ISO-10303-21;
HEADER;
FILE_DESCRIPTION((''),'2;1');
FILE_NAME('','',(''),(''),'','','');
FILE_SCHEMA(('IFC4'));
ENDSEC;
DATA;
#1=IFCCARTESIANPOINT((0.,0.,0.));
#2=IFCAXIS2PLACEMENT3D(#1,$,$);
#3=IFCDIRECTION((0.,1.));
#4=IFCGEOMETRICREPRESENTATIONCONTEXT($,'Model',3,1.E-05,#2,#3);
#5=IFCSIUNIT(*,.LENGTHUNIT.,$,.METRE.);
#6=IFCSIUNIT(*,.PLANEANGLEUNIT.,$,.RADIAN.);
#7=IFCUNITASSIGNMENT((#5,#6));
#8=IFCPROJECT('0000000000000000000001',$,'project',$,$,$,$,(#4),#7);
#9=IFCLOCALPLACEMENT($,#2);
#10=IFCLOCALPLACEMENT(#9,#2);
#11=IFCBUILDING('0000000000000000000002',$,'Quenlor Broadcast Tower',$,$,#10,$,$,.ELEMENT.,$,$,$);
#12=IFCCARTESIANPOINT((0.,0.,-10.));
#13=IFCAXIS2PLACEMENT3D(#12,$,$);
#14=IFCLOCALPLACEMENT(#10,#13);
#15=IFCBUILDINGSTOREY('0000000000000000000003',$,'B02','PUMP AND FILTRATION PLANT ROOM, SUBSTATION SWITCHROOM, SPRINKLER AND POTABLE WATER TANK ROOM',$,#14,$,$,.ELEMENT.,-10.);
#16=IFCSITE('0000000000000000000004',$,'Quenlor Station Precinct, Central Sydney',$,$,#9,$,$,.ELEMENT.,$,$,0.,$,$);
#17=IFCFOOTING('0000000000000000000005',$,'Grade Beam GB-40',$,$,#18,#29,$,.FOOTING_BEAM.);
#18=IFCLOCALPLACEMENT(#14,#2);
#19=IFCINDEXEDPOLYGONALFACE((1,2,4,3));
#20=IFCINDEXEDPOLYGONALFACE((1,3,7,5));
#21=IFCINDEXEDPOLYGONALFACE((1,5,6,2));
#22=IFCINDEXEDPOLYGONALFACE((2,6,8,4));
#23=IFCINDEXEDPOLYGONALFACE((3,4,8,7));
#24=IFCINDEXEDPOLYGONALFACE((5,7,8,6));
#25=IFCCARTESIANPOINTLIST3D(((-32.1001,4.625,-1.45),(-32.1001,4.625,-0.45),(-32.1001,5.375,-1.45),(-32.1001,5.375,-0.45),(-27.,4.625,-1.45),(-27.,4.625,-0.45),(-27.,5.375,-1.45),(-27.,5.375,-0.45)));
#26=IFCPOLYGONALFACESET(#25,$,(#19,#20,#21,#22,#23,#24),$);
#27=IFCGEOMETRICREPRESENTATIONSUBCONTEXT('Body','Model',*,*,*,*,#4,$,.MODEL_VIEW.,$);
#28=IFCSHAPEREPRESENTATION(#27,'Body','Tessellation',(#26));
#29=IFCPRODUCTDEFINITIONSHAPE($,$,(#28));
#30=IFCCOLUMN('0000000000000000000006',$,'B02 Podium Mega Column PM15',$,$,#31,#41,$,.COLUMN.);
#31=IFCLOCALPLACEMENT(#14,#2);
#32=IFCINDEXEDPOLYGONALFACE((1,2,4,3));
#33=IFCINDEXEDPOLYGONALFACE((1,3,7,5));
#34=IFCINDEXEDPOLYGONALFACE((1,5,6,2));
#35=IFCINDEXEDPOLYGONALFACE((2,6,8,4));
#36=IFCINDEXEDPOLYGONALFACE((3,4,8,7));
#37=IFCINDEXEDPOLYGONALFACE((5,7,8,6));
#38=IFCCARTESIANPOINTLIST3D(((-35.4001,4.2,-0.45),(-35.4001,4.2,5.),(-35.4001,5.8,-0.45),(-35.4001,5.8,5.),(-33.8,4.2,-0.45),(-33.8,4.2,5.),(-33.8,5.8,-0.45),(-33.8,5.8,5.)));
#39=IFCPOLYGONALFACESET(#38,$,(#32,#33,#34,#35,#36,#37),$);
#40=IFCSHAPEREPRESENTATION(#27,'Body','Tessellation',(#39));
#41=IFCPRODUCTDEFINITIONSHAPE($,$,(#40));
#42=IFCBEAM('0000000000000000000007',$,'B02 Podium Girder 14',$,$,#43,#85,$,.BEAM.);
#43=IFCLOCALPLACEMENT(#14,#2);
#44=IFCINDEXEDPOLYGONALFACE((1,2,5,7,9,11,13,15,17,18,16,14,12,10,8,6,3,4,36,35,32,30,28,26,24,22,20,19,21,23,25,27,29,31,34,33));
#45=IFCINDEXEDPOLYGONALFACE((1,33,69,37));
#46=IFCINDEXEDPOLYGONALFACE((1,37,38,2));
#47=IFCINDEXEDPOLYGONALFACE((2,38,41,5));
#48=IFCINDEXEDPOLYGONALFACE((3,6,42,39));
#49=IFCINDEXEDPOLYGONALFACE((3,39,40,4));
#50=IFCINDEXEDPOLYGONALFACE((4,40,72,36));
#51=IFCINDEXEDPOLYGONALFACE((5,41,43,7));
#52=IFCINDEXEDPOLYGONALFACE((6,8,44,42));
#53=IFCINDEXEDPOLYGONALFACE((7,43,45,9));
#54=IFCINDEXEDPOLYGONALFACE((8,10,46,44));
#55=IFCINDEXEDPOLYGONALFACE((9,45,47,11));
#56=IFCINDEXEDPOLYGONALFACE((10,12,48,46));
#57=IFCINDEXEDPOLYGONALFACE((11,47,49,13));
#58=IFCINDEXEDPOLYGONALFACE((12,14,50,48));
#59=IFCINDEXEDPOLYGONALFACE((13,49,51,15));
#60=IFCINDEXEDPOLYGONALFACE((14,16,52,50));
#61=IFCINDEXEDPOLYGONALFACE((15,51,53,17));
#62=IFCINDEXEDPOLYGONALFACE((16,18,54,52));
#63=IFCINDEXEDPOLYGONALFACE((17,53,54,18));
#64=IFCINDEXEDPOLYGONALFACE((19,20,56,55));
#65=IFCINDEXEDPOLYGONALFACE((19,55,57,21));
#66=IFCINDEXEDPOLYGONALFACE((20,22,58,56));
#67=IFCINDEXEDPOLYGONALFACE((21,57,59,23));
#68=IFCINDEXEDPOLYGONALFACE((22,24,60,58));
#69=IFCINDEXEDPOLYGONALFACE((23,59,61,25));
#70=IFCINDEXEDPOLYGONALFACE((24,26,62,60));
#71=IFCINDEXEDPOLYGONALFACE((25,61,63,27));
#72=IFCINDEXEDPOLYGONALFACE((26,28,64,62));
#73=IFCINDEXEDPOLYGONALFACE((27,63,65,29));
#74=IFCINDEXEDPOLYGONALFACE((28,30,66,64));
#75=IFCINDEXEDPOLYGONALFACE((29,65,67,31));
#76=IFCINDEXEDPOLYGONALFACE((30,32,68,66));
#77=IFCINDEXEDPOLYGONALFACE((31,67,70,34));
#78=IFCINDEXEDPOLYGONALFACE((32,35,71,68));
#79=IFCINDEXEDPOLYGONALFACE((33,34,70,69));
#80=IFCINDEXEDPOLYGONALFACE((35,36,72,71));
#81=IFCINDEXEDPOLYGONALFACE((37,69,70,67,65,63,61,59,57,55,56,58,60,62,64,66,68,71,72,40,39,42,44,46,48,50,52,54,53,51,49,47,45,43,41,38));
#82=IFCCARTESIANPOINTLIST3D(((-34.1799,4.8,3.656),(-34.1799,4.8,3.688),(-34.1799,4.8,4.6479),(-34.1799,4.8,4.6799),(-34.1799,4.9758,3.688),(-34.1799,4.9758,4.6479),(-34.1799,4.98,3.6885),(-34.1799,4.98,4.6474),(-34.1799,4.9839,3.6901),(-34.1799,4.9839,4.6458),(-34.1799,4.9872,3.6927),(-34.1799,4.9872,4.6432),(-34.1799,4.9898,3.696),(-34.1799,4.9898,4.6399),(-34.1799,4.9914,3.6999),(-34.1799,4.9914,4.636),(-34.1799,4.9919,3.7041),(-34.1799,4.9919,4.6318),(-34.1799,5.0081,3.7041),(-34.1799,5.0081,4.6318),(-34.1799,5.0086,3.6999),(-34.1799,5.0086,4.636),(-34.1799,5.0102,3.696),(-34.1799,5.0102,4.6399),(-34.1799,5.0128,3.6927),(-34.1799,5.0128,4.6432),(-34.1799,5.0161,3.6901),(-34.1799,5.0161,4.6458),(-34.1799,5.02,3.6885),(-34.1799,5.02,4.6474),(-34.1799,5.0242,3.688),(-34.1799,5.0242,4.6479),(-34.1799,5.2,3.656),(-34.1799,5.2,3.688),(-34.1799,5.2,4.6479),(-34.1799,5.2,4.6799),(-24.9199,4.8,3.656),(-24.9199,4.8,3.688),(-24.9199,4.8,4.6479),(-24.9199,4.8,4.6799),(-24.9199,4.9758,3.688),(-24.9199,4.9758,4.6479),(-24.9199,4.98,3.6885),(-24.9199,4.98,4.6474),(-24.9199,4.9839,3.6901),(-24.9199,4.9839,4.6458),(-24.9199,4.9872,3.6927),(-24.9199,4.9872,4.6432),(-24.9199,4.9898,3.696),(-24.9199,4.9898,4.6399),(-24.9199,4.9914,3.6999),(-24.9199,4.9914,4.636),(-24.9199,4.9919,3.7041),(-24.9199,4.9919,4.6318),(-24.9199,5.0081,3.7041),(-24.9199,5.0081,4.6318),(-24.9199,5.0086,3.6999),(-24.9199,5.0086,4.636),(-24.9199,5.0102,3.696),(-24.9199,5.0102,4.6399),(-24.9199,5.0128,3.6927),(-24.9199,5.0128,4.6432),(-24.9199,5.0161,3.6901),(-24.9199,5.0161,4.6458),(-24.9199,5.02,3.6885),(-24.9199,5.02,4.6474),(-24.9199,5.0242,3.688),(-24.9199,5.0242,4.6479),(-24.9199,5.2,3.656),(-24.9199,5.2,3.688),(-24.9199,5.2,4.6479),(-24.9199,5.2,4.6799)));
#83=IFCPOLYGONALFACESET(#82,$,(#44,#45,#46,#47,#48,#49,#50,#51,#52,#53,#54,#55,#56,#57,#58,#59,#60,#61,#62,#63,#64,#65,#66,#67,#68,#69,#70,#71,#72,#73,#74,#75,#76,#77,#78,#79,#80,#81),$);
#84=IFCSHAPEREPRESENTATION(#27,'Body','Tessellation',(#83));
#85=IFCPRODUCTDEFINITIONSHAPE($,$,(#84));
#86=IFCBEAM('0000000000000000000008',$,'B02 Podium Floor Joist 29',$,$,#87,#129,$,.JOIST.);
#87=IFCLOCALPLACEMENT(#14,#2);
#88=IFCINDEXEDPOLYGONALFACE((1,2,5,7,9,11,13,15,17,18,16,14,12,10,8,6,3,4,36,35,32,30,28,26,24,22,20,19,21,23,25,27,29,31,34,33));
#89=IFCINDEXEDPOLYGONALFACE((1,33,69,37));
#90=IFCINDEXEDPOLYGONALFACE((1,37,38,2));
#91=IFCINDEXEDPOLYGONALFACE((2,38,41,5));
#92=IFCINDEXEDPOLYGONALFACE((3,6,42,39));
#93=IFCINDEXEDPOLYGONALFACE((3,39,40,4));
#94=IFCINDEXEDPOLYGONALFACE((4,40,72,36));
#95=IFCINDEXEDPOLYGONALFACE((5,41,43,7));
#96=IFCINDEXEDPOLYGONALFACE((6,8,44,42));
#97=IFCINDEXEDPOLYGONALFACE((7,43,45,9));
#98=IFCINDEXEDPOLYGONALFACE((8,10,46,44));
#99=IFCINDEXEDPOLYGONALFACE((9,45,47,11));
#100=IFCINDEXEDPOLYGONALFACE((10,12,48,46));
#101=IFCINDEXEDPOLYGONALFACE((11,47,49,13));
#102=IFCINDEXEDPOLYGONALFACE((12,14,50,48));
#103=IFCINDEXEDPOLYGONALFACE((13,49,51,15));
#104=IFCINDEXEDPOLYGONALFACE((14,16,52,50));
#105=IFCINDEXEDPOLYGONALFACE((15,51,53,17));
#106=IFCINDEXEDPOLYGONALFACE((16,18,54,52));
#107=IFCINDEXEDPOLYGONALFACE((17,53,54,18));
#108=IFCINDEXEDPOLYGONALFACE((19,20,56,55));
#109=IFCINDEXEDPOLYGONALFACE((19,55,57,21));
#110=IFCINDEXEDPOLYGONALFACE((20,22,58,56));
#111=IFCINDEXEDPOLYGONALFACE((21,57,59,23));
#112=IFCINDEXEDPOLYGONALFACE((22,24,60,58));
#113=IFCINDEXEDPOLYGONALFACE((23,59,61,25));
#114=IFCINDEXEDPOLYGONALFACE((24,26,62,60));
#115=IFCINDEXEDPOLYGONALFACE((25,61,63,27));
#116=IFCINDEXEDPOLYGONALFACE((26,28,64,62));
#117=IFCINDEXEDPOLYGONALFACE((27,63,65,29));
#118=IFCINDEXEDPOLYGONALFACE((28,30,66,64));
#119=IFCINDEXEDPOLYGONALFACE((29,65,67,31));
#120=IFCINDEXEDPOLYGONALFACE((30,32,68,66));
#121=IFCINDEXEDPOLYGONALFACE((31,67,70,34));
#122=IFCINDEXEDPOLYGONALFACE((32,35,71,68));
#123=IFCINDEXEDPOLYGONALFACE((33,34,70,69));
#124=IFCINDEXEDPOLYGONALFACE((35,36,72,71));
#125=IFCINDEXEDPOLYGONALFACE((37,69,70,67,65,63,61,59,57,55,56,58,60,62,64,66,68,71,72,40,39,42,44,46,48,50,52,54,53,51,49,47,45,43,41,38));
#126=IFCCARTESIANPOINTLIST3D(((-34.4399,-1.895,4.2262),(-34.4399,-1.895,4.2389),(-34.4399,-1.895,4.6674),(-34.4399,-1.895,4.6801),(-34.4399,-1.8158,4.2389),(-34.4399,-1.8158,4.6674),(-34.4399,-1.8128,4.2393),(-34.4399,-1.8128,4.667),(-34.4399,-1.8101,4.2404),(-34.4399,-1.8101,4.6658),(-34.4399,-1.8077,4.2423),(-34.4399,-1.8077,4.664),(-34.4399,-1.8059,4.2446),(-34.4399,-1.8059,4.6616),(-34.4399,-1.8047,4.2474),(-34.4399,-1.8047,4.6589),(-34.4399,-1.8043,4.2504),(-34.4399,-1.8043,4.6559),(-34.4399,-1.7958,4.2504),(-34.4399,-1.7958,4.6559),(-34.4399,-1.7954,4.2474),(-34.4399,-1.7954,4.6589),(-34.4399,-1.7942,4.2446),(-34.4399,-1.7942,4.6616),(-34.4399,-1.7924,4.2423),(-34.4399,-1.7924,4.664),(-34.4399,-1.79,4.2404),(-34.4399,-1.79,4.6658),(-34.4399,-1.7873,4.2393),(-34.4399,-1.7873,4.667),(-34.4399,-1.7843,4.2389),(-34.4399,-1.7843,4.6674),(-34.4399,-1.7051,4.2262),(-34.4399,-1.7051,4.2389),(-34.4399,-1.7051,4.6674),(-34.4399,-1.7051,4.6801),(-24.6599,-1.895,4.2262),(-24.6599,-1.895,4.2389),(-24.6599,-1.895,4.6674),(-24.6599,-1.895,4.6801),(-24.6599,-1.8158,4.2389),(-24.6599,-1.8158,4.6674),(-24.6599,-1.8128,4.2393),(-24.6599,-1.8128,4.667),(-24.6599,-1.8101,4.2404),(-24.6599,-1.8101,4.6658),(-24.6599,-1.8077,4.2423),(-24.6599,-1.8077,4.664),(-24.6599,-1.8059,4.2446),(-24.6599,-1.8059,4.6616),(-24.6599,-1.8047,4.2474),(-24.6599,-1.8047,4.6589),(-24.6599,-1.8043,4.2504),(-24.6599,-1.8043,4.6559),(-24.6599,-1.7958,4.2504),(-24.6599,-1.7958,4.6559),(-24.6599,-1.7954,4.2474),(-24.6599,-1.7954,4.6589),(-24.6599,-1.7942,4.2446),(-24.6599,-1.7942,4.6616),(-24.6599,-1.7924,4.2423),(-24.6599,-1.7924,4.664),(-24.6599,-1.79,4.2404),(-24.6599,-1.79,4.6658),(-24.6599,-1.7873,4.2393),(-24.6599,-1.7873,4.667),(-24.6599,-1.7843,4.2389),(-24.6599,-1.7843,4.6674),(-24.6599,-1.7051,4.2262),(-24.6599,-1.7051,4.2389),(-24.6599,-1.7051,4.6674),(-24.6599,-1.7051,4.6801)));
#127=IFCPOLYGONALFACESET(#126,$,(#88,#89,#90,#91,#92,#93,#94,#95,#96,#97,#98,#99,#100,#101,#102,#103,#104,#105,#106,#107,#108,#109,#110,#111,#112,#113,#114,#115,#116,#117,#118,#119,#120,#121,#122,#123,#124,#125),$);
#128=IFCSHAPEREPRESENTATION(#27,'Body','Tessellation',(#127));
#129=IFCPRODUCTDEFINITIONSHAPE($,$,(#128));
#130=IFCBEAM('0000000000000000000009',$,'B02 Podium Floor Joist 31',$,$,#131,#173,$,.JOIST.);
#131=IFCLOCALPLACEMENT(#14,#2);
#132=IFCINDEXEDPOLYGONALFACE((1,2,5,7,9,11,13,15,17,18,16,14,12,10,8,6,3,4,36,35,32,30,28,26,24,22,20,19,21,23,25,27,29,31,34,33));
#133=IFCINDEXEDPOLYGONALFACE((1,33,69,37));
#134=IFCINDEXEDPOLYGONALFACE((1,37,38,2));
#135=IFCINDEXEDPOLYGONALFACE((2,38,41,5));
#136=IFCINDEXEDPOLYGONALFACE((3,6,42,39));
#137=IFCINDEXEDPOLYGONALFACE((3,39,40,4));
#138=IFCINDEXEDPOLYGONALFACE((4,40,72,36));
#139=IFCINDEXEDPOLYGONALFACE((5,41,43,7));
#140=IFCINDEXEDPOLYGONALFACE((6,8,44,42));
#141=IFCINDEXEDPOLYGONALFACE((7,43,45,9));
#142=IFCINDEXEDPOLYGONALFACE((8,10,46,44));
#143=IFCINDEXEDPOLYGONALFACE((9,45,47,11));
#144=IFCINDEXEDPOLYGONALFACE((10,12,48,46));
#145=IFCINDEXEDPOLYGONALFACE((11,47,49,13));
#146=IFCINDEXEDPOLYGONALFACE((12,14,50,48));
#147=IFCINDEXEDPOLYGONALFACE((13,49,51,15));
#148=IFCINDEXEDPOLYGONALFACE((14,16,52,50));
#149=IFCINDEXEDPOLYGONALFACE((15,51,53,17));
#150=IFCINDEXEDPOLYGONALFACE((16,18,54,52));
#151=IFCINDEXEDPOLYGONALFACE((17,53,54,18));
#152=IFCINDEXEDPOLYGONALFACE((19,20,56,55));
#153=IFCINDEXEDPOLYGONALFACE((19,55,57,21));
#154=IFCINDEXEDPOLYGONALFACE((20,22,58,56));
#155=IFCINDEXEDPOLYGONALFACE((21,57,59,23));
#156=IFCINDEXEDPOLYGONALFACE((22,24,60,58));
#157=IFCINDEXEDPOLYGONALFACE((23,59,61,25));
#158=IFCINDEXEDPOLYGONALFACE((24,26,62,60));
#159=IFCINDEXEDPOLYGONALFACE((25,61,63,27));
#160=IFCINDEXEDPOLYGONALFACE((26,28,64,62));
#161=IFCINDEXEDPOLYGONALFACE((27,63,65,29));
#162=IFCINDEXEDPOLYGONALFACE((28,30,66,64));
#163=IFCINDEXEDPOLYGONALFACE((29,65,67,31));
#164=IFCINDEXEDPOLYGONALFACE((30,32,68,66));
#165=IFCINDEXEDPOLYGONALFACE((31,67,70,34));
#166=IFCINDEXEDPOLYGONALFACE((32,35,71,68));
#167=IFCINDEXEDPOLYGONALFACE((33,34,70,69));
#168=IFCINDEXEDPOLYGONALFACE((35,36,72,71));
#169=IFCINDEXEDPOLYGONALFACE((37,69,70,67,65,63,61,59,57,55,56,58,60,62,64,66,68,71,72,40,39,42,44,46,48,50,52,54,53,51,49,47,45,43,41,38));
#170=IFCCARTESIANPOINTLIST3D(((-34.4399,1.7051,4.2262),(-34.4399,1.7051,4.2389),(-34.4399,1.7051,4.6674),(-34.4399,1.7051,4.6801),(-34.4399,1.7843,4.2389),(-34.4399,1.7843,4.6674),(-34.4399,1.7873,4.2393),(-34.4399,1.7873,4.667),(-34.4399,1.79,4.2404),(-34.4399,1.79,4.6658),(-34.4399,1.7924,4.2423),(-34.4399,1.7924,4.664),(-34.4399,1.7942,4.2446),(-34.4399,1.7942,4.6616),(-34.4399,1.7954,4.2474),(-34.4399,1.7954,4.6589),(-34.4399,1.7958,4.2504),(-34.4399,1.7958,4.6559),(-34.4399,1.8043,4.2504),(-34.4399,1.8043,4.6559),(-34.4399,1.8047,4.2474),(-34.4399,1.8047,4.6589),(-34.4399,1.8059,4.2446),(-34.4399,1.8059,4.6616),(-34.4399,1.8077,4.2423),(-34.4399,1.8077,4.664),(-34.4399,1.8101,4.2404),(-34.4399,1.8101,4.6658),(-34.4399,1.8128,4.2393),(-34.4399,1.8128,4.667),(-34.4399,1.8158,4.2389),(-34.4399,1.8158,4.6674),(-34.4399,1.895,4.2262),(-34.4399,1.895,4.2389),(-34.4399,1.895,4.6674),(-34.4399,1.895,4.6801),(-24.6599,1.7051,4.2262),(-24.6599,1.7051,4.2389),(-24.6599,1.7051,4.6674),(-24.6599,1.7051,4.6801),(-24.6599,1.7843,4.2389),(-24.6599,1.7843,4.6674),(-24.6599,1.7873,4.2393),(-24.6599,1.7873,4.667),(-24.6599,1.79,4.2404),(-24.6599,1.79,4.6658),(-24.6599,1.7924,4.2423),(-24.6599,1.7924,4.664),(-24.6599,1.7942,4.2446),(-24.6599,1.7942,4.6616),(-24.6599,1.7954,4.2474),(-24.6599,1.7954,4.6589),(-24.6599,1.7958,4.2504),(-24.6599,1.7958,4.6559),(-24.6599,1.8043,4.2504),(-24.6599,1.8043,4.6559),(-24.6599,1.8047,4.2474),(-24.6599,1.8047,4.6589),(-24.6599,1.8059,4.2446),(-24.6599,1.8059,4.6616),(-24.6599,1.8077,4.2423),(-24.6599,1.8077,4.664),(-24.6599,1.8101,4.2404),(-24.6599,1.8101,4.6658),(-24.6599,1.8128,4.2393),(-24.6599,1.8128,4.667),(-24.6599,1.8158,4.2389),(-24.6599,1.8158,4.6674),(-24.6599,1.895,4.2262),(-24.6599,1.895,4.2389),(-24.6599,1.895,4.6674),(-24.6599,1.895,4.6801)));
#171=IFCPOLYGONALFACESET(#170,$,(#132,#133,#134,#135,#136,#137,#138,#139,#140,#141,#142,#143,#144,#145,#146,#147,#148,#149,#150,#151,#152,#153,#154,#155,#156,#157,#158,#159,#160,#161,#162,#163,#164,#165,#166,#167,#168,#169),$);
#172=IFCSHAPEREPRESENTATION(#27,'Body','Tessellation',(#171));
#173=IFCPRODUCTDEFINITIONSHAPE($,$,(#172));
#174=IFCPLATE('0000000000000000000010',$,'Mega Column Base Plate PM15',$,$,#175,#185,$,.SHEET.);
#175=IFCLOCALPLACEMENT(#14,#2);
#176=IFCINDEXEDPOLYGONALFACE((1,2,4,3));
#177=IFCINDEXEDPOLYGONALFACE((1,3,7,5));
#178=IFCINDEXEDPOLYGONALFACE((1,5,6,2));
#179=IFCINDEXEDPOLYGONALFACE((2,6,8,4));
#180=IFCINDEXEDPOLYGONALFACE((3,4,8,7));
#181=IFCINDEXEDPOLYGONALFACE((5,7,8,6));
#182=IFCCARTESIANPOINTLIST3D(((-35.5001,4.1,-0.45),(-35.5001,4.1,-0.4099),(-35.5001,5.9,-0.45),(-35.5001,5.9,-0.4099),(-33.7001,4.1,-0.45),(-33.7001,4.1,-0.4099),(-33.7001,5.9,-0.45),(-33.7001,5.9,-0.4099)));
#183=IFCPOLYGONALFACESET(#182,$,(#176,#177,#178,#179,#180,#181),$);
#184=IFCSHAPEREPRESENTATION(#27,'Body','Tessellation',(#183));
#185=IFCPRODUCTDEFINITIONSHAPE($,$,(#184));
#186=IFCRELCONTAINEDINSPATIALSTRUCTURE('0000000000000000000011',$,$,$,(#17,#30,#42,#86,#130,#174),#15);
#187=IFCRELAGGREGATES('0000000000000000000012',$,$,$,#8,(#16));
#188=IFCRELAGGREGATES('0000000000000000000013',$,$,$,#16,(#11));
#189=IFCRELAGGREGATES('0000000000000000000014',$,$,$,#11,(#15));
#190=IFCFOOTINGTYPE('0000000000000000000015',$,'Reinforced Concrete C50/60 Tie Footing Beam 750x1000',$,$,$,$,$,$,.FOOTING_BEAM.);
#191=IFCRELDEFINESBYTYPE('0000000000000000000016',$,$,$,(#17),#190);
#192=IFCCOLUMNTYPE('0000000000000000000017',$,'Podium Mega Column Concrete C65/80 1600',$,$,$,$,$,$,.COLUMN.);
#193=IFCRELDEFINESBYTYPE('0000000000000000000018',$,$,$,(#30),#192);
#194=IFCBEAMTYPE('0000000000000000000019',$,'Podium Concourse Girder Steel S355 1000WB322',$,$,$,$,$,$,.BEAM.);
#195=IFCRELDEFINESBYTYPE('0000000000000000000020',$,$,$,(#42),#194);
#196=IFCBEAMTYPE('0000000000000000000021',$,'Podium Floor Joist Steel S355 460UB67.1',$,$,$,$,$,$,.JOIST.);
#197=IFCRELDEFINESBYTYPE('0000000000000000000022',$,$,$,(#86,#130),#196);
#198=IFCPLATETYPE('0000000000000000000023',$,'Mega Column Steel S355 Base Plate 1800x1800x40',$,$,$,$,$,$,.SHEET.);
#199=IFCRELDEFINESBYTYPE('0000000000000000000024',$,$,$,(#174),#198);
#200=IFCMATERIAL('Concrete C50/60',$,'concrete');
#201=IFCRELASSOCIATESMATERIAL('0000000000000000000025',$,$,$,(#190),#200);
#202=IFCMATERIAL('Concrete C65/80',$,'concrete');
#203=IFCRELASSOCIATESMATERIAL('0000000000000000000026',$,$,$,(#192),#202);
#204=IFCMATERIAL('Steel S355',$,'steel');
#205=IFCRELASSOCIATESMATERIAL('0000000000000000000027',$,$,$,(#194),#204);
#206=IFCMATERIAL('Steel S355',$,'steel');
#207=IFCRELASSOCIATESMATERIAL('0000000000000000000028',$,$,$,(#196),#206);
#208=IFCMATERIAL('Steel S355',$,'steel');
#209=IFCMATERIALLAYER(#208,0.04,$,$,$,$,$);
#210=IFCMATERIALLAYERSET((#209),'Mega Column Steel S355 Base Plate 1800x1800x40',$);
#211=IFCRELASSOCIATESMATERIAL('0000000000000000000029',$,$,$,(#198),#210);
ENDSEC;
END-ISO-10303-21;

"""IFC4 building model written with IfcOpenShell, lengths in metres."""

from ifc_helpers import new_model, si_unit, direction, frame, origin, origin_2d, place, context, subcontext, project, spatial, rectangle, i_section, extrude, material, layer, layer_set, material_profile, profile_set, type_object, element, save


model = new_model("IFC4")

# Units and contexts
model_context = context("Model", 3, precision=1e-05, world=origin(), true_north=direction((0.0, 1.0)))
body_context = subcontext(model_context, "Body", "Model", "MODEL_VIEW")
ifc_project = project(units=[si_unit("LENGTHUNIT", "METRE"), si_unit("PLANEANGLEUNIT", "RADIAN")], contexts=[model_context])

# Site, building, storey
site_placement = place(None, origin())
site = spatial("IfcSite", under=ifc_project, at=site_placement, Name="Quenlor Station Precinct, Central Sydney", CompositionType="ELEMENT", RefElevation=0.0)
building_placement = place(site_placement, origin())
building = spatial("IfcBuilding", under=site, at=building_placement, Name="Quenlor Broadcast Tower", CompositionType="ELEMENT")
storey_placement = place(building_placement, frame((0.0, 0.0, -10.0)))
storey = spatial("IfcBuildingStorey", under=building, at=storey_placement, Name="B02", Description="PUMP AND FILTRATION PLANT ROOM, SUBSTATION SWITCHROOM, SPRINKLER AND POTABLE WATER TANK ROOM", CompositionType="ELEMENT", Elevation=-10.0)

# Footing
ifc_material_1 = material(Name="Concrete C50/60", Category="concrete")
footing_type_1 = type_object("IfcFootingType", Name="Reinforced Concrete C50/60 Tie Footing Beam 750x1000", PredefinedType="FOOTING_BEAM", material=ifc_material_1)
footing_placement = place(storey_placement, frame((-29.55, 5.0, -1.45), z_axis=(0.0, 0.0, 1.0), x_axis=(1.0, 0.0, 0.0)))
element("IfcFooting", 1, at=footing_placement, inside=storey, type_object=footing_type_1, Name="Grade Beam GB-40", PredefinedType="FOOTING_BEAM", context=body_context, shape_type="SweptSolid", body=[
    extrude(rectangle(XDim=5.1001, YDim=0.75, at=origin_2d()), origin(), (0.0, 0.0, 1.0), 1.0),
])

# Column
ifc_material_2 = material(Name="Concrete C65/80", Category="concrete")
ifc_material_profile_1 = material_profile(ifc_material_2, rectangle(XDim=1.6001, YDim=1.6001, at=origin_2d()))
ifc_profile_set_1 = profile_set([ifc_material_profile_1], Name="Concrete C65/80 RC1600x1600")
column_type = type_object("IfcColumnType", Name="Podium Mega Column Concrete C65/80 1600", PredefinedType="COLUMN", material=ifc_profile_set_1)
column_placement = place(storey_placement, frame((-34.6001, 5.0, -0.45), z_axis=(0.0, 0.0, 1.0), x_axis=(1.0, 0.0, 0.0)))
element("IfcColumn", 2, at=column_placement, inside=storey, type_object=column_type, Name="B02 Podium Mega Column PM15", PredefinedType="COLUMN", context=body_context, shape_type="SweptSolid", body=[
    extrude(rectangle(XDim=1.6001, YDim=1.6001, at=origin_2d()), origin(), (0.0, 0.0, 1.0), 5.45),
])

# Beams
ifc_material_3 = material(Name="Steel S355", Category="steel")
ifc_material_profile_2 = material_profile(ifc_material_3, i_section(OverallWidth=0.3999, OverallDepth=1.0239, WebThickness=0.0161, FlangeThickness=0.032, FilletRadius=0.0161, at=origin_2d()))
ifc_profile_set_2 = profile_set([ifc_material_profile_2], Name="Steel S355 1000WB322")
beam_type_1 = type_object("IfcBeamType", Name="Podium Concourse Girder Steel S355 1000WB322", PredefinedType="BEAM", material=ifc_profile_set_2)
beam_placement = place(storey_placement, frame((-34.1799, 5.0, 4.168), z_axis=(1.0, 0.0, 0.0), x_axis=(0.0, 1.0, 0.0)))
element("IfcBeam", 3, at=beam_placement, inside=storey, type_object=beam_type_1, Name="B02 Podium Girder 14", PredefinedType="BEAM", context=body_context, shape_type="SweptSolid", body=[
    extrude(i_section(OverallWidth=0.3999, OverallDepth=1.0239, WebThickness=0.0161, FlangeThickness=0.032, FilletRadius=0.0161, at=origin_2d()), origin(), (0.0, 0.0, 1.0), 9.26),
])
ifc_material_4 = material(Name="Steel S355", Category="steel")
ifc_material_profile_3 = material_profile(ifc_material_4, i_section(OverallWidth=0.1899, OverallDepth=0.4539, WebThickness=0.0085, FlangeThickness=0.0127, FilletRadius=0.0115, at=origin_2d()))
ifc_profile_set_3 = profile_set([ifc_material_profile_3], Name="Steel S355 460UB67.1")
beam_type_2 = type_object("IfcBeamType", Name="Podium Floor Joist Steel S355 460UB67.1", PredefinedType="JOIST", material=ifc_profile_set_3)
for number, where, z_axis, x_axis, name in (
    (4, (-34.4399, -1.8, 4.4531), (1.0, 0.0, 0.0), (0.0, 1.0, 0.0), "B02 Podium Floor Joist 29"),
    (5, (-34.4399, 1.8, 4.4531), (1.0, 0.0, 0.0), (0.0, 1.0, 0.0), "B02 Podium Floor Joist 31"),
):
    element("IfcBeam", number, at=place(storey_placement, frame(where, z_axis=z_axis, x_axis=x_axis)), inside=storey, type_object=beam_type_2, Name=name, PredefinedType="JOIST", context=body_context, shape_type="SweptSolid", body=[
        extrude(i_section(OverallWidth=0.1899, OverallDepth=0.4539, WebThickness=0.0085, FlangeThickness=0.0127, FilletRadius=0.0115, at=origin_2d()), origin(), (0.0, 0.0, 1.0), 9.78),
    ])

# Plate
ifc_material_5 = material(Name="Steel S355", Category="steel")
ifc_layer_1 = layer(ifc_material_5, 0.04)
ifc_layer_set_1 = layer_set([ifc_layer_1], Name="Mega Column Steel S355 Base Plate 1800x1800x40")
plate_type = type_object("IfcPlateType", Name="Mega Column Steel S355 Base Plate 1800x1800x40", PredefinedType="SHEET", material=ifc_layer_set_1)
plate_placement = place(storey_placement, frame((-34.6001, 5.0, -0.45), z_axis=(0.0, 0.0, 1.0), x_axis=(1.0, 0.0, 0.0)))
element("IfcPlate", 6, at=plate_placement, inside=storey, type_object=plate_type, Name="Mega Column Base Plate PM15", PredefinedType="SHEET", context=body_context, shape_type="SweptSolid", body=[
    extrude(rectangle(XDim=1.8, YDim=1.8, at=origin_2d()), origin(), (0.0, 0.0, 1.0), 0.04),
])

save(model, "model.ifc")
